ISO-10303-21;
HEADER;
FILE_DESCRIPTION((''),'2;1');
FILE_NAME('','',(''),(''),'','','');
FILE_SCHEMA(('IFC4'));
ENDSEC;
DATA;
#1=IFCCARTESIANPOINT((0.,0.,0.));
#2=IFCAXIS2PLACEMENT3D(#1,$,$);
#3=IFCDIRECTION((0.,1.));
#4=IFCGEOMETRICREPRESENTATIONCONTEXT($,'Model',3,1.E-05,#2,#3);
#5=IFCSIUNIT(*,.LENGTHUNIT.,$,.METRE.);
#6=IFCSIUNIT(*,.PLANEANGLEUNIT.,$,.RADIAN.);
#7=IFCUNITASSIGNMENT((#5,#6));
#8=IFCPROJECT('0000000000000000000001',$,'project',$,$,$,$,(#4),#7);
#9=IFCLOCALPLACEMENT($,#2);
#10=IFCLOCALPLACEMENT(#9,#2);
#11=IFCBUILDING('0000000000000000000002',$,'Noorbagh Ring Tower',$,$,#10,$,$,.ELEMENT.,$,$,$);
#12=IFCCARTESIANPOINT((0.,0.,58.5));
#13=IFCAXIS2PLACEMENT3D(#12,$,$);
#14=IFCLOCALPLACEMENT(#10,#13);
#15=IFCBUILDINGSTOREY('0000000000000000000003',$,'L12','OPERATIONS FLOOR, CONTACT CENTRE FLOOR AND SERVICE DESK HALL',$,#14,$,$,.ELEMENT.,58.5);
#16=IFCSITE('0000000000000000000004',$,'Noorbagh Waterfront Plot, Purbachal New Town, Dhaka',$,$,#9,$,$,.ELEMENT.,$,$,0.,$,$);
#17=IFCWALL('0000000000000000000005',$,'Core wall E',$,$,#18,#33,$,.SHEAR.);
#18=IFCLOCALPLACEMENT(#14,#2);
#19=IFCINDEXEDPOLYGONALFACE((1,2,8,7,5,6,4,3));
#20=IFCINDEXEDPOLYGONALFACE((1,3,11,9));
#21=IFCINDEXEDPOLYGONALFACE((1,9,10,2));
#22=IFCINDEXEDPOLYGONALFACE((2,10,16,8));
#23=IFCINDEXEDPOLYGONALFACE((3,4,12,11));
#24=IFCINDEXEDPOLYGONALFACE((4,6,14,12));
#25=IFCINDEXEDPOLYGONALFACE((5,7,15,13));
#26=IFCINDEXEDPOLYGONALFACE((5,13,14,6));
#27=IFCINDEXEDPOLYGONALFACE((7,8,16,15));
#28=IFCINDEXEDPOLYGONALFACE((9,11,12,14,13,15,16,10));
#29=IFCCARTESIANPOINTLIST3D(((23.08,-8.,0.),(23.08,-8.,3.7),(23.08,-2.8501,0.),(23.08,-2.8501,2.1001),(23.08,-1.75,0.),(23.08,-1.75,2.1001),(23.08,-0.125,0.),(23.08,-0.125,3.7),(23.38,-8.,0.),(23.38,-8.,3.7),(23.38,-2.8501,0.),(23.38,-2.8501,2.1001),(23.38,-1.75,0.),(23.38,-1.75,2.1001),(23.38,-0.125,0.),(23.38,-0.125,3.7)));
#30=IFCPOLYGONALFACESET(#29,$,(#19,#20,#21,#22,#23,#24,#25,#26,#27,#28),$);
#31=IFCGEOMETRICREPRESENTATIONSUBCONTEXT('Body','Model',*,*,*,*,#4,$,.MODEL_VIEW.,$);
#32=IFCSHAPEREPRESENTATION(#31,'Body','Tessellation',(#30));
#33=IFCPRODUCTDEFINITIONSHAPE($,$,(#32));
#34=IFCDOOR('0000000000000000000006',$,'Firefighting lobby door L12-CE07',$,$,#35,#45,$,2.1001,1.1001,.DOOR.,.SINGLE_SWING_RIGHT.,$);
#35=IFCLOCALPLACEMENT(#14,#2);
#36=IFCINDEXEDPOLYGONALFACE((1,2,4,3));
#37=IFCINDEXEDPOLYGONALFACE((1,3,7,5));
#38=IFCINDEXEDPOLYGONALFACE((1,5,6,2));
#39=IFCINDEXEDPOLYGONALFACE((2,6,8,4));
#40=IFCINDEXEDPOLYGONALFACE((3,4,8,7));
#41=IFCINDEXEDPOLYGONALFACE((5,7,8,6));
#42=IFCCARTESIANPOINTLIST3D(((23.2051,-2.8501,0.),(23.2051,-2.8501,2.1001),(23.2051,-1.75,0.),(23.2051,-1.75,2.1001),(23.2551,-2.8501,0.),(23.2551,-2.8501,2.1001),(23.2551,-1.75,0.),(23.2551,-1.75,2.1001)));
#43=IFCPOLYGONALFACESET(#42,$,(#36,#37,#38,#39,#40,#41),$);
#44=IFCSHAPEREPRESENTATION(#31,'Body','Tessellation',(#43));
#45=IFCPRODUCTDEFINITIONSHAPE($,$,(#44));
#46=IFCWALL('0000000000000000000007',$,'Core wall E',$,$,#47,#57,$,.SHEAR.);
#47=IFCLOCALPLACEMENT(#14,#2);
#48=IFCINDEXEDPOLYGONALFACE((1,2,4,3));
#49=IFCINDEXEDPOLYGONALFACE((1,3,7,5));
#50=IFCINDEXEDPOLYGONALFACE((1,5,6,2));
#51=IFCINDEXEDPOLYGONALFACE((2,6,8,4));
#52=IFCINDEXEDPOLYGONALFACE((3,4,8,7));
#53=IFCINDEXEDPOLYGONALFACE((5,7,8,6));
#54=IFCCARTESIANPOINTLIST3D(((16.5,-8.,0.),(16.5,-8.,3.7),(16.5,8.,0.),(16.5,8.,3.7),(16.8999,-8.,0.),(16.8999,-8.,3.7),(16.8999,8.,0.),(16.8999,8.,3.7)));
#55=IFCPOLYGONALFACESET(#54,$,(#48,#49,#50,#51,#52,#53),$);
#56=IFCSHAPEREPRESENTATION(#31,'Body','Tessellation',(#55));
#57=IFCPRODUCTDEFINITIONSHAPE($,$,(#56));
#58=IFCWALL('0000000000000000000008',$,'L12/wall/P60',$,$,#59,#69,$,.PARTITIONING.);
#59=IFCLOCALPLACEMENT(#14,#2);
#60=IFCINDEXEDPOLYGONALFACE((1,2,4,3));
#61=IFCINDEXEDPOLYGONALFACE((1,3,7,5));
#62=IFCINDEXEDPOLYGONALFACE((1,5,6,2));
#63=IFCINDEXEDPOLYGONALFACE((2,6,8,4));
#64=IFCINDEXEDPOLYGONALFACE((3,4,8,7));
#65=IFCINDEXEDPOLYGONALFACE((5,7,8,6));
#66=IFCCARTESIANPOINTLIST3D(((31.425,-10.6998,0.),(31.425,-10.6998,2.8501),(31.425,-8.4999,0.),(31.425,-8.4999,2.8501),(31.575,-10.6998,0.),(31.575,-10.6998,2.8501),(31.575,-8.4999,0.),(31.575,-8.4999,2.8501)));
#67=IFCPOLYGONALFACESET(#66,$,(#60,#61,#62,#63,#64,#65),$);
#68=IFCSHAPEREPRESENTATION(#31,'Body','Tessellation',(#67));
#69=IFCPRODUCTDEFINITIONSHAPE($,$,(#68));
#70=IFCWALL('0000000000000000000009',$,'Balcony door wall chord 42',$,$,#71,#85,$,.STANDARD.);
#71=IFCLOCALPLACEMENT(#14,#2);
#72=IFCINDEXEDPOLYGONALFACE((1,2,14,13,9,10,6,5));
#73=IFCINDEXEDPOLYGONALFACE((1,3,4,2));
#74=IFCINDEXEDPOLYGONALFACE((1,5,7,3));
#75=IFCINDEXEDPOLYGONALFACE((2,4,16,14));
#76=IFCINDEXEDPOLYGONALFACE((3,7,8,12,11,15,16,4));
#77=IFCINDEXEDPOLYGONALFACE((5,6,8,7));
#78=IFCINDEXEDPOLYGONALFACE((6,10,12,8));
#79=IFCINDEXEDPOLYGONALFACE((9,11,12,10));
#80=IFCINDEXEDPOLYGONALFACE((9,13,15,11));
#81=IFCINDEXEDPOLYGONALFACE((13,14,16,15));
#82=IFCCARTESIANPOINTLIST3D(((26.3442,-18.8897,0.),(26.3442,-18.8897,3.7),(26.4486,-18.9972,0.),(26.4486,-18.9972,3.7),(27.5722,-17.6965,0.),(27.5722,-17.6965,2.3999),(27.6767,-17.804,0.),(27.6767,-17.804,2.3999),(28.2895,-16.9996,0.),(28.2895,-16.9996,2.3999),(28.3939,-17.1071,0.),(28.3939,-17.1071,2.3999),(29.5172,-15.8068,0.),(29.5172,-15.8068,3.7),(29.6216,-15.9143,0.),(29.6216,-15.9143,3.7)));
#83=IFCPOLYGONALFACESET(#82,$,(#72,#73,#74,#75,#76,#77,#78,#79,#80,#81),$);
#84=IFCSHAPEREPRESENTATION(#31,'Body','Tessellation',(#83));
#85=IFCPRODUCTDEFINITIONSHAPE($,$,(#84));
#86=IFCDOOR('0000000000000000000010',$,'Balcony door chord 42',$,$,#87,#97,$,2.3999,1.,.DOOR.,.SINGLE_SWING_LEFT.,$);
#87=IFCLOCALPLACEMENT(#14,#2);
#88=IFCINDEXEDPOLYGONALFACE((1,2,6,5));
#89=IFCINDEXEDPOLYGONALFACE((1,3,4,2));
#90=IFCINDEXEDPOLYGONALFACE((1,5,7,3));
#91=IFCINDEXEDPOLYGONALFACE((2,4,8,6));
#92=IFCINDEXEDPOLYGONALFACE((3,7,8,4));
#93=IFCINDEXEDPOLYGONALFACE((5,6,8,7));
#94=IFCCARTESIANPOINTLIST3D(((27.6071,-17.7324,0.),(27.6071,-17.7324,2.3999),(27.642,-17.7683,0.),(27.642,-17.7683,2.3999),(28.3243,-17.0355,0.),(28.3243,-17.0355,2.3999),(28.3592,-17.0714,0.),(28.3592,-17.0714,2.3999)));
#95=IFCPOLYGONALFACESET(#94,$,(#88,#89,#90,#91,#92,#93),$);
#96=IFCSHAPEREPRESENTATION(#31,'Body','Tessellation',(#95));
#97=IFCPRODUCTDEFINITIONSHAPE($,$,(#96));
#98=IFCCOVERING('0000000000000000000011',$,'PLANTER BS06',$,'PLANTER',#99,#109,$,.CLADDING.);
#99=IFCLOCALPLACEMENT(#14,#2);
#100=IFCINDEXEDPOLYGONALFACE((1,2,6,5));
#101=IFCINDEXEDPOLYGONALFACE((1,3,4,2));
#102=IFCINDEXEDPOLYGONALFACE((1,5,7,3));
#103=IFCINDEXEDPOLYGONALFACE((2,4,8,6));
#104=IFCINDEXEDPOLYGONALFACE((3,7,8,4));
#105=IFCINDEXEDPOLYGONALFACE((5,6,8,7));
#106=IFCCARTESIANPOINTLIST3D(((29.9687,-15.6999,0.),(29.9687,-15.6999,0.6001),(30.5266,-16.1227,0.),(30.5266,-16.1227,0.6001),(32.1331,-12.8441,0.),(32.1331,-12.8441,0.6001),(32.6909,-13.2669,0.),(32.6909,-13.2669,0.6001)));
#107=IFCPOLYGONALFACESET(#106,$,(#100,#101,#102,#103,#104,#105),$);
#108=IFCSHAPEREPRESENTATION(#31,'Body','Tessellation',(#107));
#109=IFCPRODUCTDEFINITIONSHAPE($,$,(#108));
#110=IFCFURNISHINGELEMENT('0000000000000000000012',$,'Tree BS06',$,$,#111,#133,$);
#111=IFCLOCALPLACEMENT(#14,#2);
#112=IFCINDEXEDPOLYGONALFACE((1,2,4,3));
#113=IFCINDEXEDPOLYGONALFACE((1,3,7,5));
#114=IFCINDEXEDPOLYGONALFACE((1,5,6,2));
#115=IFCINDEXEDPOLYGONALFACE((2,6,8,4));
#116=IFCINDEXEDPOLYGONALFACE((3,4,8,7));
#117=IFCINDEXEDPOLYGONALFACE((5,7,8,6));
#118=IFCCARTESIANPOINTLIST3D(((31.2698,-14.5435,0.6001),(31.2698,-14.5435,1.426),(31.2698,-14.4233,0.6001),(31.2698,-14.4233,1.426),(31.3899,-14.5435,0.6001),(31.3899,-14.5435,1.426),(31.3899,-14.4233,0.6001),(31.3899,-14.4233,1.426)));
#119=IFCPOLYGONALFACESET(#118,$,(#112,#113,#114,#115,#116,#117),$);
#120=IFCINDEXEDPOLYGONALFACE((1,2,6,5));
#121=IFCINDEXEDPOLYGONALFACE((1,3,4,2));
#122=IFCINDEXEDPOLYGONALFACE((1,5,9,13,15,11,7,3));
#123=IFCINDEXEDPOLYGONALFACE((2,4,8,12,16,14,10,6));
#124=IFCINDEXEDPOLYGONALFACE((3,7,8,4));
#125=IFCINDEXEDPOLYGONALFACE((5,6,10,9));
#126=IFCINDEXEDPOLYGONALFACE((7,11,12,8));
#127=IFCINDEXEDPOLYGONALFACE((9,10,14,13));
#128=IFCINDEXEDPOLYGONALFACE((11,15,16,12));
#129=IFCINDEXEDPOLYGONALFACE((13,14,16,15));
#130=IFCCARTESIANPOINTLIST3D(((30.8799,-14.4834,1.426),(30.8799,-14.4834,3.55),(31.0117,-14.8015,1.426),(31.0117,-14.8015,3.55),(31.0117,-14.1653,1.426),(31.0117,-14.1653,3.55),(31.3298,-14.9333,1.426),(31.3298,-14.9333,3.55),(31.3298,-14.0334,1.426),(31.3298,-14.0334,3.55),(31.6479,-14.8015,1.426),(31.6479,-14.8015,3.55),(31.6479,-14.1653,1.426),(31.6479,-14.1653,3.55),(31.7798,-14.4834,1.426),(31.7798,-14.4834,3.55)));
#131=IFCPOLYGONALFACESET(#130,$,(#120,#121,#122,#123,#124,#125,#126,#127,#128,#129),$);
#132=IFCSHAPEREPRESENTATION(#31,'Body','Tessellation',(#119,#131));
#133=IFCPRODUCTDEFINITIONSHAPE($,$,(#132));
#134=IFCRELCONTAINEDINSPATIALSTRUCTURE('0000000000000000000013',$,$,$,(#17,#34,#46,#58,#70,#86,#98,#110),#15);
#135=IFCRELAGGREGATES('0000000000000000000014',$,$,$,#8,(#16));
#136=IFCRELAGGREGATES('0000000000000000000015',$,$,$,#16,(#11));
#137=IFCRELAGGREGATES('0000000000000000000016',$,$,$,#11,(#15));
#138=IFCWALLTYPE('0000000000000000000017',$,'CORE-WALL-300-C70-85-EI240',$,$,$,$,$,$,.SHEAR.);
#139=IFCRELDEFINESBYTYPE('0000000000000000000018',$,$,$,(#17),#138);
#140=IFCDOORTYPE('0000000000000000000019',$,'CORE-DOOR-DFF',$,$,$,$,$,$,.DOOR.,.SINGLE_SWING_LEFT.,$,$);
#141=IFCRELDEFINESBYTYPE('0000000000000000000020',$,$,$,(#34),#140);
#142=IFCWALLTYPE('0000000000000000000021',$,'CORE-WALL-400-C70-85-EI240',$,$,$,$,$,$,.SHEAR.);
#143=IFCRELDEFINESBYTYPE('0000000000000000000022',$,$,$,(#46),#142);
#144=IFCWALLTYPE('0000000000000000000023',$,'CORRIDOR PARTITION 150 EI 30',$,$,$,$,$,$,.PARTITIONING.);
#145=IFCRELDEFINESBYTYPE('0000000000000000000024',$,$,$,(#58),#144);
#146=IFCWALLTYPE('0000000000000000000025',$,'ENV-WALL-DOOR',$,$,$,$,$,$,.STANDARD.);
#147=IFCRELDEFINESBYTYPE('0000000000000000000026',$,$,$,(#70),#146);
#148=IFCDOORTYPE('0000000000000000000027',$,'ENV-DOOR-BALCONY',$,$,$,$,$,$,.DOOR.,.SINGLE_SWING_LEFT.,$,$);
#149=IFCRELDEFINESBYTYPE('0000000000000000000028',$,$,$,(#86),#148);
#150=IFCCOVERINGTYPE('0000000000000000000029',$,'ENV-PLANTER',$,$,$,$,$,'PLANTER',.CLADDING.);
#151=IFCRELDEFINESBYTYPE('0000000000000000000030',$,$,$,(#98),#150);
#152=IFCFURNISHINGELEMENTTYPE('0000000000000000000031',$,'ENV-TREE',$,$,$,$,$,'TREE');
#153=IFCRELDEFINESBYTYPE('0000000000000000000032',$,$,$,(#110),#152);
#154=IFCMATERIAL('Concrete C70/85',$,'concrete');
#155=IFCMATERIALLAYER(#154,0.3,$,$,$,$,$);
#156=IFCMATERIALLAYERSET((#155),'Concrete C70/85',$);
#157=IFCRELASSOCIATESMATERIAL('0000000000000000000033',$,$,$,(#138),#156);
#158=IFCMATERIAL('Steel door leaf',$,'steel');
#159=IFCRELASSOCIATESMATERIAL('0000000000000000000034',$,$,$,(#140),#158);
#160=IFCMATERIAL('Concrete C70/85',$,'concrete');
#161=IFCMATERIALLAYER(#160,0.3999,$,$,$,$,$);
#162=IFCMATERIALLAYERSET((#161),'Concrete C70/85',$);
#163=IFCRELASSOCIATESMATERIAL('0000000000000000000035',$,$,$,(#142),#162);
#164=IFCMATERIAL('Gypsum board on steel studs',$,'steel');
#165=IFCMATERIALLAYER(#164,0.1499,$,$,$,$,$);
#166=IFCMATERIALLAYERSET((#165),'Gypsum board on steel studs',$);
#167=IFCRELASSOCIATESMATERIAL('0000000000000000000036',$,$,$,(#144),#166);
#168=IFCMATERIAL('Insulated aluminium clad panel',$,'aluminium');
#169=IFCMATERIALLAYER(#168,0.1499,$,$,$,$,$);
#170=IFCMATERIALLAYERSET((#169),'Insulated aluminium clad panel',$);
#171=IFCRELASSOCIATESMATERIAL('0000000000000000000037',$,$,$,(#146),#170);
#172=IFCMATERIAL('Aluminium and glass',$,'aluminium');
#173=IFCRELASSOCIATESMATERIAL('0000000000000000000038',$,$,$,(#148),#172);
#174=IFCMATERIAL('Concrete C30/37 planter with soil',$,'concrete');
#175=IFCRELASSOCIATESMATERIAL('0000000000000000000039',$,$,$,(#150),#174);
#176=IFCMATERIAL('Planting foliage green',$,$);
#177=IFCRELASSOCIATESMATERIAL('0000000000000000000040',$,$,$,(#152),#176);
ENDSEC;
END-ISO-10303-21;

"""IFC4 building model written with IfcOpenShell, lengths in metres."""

from ifc_helpers import new_model, si_unit, direction, frame, frame_2d, origin, origin_2d, place, context, subcontext, project, spatial, polyline, rectangle, outline, extrude, material, layer, layer_set, type_object, element, fill, save


model = new_model("IFC4")

# Units and contexts
model_context = context("Model", 3, precision=1e-05, world=origin(), true_north=direction((0.0, 1.0)))
body_context = subcontext(model_context, "Body", "Model", "MODEL_VIEW")
ifc_project = project(units=[si_unit("LENGTHUNIT", "METRE"), si_unit("PLANEANGLEUNIT", "RADIAN")], contexts=[model_context])

# Site, building, storey
site_placement = place(None, origin())
site = spatial("IfcSite", under=ifc_project, at=site_placement, Name="Noorbagh Waterfront Plot, Purbachal New Town, Dhaka", CompositionType="ELEMENT", RefElevation=0.0)
building_placement = place(site_placement, origin())
building = spatial("IfcBuilding", under=site, at=building_placement, Name="Noorbagh Ring Tower", CompositionType="ELEMENT")
storey_placement = place(building_placement, frame((0.0, 0.0, 58.5)))
storey = spatial("IfcBuildingStorey", under=building, at=storey_placement, Name="L12", Description="OPERATIONS FLOOR, CONTACT CENTRE FLOOR AND SERVICE DESK HALL", CompositionType="ELEMENT", Elevation=58.5)

# Wall, opening, door
ifc_material_1 = material(Name="Concrete C70/85", Category="concrete")
ifc_layer_1 = layer(ifc_material_1, 0.3)
ifc_layer_set_1 = layer_set([ifc_layer_1], Name="Concrete C70/85")
wall_type_1 = type_object("IfcWallType", Name="CORE-WALL-300-C70-85-EI240", PredefinedType="SHEAR", material=ifc_layer_set_1)
wall_1_placement = place(storey_placement, frame((23.23, -8.0, 0.0), z_axis=(0.0, 0.0, 1.0), x_axis=(0.0, 1.0, 0.0)))
wall_1 = element("IfcWall", 1, at=wall_1_placement, inside=storey, type_object=wall_type_1, Name="Core wall E", PredefinedType="SHEAR", context=body_context, shape_type="SweptSolid", body=[
    extrude(rectangle(XDim=7.875, YDim=0.3, at=frame_2d((3.9375, 0.0))), origin(), (0.0, 0.0, 1.0), 3.7),
])
opening_1_placement = place(wall_1_placement, frame((5.1499, 0.0, 0.0)))
opening_1 = element("IfcOpeningElement", 2, at=opening_1_placement, cuts=wall_1, PredefinedType="OPENING", context=body_context, shape_type="SweptSolid", body=[
    extrude(rectangle(XDim=1.1001, YDim=2.1001, at=frame_2d((0.55, 1.05))), frame((0.0, 0.1602, 0.0), z_axis=(0.0, -1.0, 0.0), x_axis=(1.0, 0.0, 0.0)), (0.0, 0.0, 1.0), 0.3201),
])
ifc_material_2 = material(Name="Steel door leaf", Category="steel")
door_type_1 = type_object("IfcDoorType", Name="CORE-DOOR-DFF", OperationType="SINGLE_SWING_LEFT", PredefinedType="DOOR", material=ifc_material_2)
door_1_placement = place(opening_1_placement, origin())
door_1 = element("IfcDoor", 3, at=door_1_placement, inside=storey, type_object=door_type_1, Name="Firefighting lobby door L12-CE07", OperationType="SINGLE_SWING_RIGHT", OverallHeight=2.1001, OverallWidth=1.1001, PredefinedType="DOOR", context=body_context, shape_type="SweptSolid", body=[
    extrude(rectangle(XDim=1.1001, YDim=2.1001, at=frame_2d((0.55, 1.05))), frame((0.0, 0.0249, 0.0), z_axis=(0.0, -1.0, 0.0), x_axis=(1.0, 0.0, 0.0)), (0.0, 0.0, 1.0), 0.05),
])
fill(opening_1, door_1)

# Walls
ifc_material_3 = material(Name="Concrete C70/85", Category="concrete")
ifc_layer_2 = layer(ifc_material_3, 0.3999)
ifc_layer_set_2 = layer_set([ifc_layer_2], Name="Concrete C70/85")
wall_type_2 = type_object("IfcWallType", Name="CORE-WALL-400-C70-85-EI240", PredefinedType="SHEAR", material=ifc_layer_set_2)
wall_2_placement = place(storey_placement, frame((16.7, -8.0, 0.0), z_axis=(0.0, 0.0, 1.0), x_axis=(0.0, 1.0, 0.0)))
element("IfcWall", 4, at=wall_2_placement, inside=storey, type_object=wall_type_2, Name="Core wall E", PredefinedType="SHEAR", context=body_context, shape_type="SweptSolid", body=[
    extrude(rectangle(XDim=16.0, YDim=0.3999, at=frame_2d((8.0, 0.0))), origin(), (0.0, 0.0, 1.0), 3.7),
])
ifc_material_4 = material(Name="Gypsum board on steel studs", Category="steel")
ifc_layer_3 = layer(ifc_material_4, 0.1499)
ifc_layer_set_3 = layer_set([ifc_layer_3], Name="Gypsum board on steel studs")
wall_type_3 = type_object("IfcWallType", Name="CORRIDOR PARTITION 150 EI 30", PredefinedType="PARTITIONING", material=ifc_layer_set_3)
wall_3_placement = place(storey_placement, frame((31.5, -10.7, 0.0), z_axis=(0.0, 0.0, 1.0), x_axis=(0.0, 1.0, 0.0)))
element("IfcWall", 5, at=wall_3_placement, inside=storey, type_object=wall_type_3, Name="L12/wall/P60", PredefinedType="PARTITIONING", context=body_context, shape_type="SweptSolid", body=[
    extrude(rectangle(XDim=2.2, YDim=0.1499, at=frame_2d((1.1001, 0.0))), origin(), (0.0, 0.0, 1.0), 2.8501),
])

# Wall, opening, door
ifc_material_5 = material(Name="Insulated aluminium clad panel", Category="aluminium")
ifc_layer_4 = layer(ifc_material_5, 0.1499)
ifc_layer_set_4 = layer_set([ifc_layer_4], Name="Insulated aluminium clad panel")
wall_type_4 = type_object("IfcWallType", Name="ENV-WALL-DOOR", PredefinedType="STANDARD", material=ifc_layer_set_4)
wall_4_placement = place(storey_placement, frame((26.3965, -18.9434, 0.0), z_axis=(0.0, 0.0, 1.0), x_axis=(0.717215, 0.696852, 0.0)))
wall_4 = element("IfcWall", 6, at=wall_4_placement, inside=storey, type_object=wall_type_4, Name="Balcony door wall chord 42", PredefinedType="STANDARD", context=body_context, shape_type="SweptSolid", body=[
    extrude(rectangle(XDim=4.4241, YDim=0.1499, at=frame_2d((2.2119, 0.0))), origin(), (0.0, 0.0, 1.0), 3.7),
])
opening_2_placement = place(wall_4_placement, frame((1.7122, 0.0, 0.0)))
opening_2 = element("IfcOpeningElement", 7, at=opening_2_placement, cuts=wall_4, PredefinedType="OPENING", context=body_context, shape_type="SweptSolid", body=[
    extrude(rectangle(XDim=1.0, YDim=2.3999, at=frame_2d((0.5, 1.2))), frame((0.0, 0.085, 0.0), z_axis=(0.0, -1.0, 0.0), x_axis=(1.0, 0.0, 0.0)), (0.0, 0.0, 1.0), 0.1699),
])
ifc_material_6 = material(Name="Aluminium and glass", Category="aluminium")
door_type_2 = type_object("IfcDoorType", Name="ENV-DOOR-BALCONY", OperationType="SINGLE_SWING_LEFT", PredefinedType="DOOR", material=ifc_material_6)
door_2_placement = place(opening_2_placement, origin())
door_2 = element("IfcDoor", 8, at=door_2_placement, inside=storey, type_object=door_type_2, Name="Balcony door chord 42", OperationType="SINGLE_SWING_LEFT", OverallHeight=2.3999, OverallWidth=1.0, PredefinedType="DOOR", context=body_context, shape_type="SweptSolid", body=[
    extrude(rectangle(XDim=1.0, YDim=2.3999, at=frame_2d((0.5, 1.2))), frame((0.0, 0.0249, 0.0), z_axis=(0.0, -1.0, 0.0), x_axis=(1.0, 0.0, 0.0)), (0.0, 0.0, 1.0), 0.05),
])
fill(opening_2, door_2)

# Covering
ifc_material_7 = material(Name="Concrete C30/37 planter with soil", Category="concrete")
covering_type = type_object("IfcCoveringType", Name="ENV-PLANTER", ElementType="PLANTER", PredefinedType="CLADDING", material=ifc_material_7)
covering_placement = place(storey_placement, frame((31.3298, -14.4834, 0.0), z_axis=(0.0, 0.0, 1.0), x_axis=(0.60402, 0.796969, 0.0)))
element("IfcCovering", 9, at=covering_placement, inside=storey, type_object=covering_type, Name="PLANTER BS06", ObjectType="PLANTER", PredefinedType="CLADDING", context=body_context, shape_type="SweptSolid", body=[
    extrude(rectangle(XDim=3.5833, YDim=0.7, at=origin_2d()), origin(), (0.0, 0.0, 1.0), 0.6001),
])

# Furnishing element
ifc_material_8 = material(Name="Planting foliage green")
furnishing_element_type = type_object("IfcFurnishingElementType", Name="ENV-TREE", ElementType="TREE", material=ifc_material_8)
furnishing_placement = place(storey_placement, frame((31.3298, -14.4834, 0.6001), z_axis=(0.0, 0.0, 1.0), x_axis=(1.0, 0.0, 0.0)))
element("IfcFurnishingElement", 10, at=furnishing_placement, inside=storey, type_object=furnishing_element_type, Name="Tree BS06", context=body_context, shape_type="SweptSolid", body=[
    extrude(rectangle(XDim=0.1201, YDim=0.1201, at=origin_2d()), origin(), (0.0, 0.0, 1.0), 0.8259),
    extrude(outline(polyline([(0.45, 0.0), (0.3181, 0.3181), (0.0, 0.45), (-0.3181, 0.3181), (-0.45, 0.0), (-0.3181, -0.3181), (0.0, -0.45), (0.3181, -0.3181), (0.45, 0.0)])), frame((0.0, 0.0, 0.8259)), (0.0, 0.0, 1.0), 2.124),
])

save(model, "model.ifc")
